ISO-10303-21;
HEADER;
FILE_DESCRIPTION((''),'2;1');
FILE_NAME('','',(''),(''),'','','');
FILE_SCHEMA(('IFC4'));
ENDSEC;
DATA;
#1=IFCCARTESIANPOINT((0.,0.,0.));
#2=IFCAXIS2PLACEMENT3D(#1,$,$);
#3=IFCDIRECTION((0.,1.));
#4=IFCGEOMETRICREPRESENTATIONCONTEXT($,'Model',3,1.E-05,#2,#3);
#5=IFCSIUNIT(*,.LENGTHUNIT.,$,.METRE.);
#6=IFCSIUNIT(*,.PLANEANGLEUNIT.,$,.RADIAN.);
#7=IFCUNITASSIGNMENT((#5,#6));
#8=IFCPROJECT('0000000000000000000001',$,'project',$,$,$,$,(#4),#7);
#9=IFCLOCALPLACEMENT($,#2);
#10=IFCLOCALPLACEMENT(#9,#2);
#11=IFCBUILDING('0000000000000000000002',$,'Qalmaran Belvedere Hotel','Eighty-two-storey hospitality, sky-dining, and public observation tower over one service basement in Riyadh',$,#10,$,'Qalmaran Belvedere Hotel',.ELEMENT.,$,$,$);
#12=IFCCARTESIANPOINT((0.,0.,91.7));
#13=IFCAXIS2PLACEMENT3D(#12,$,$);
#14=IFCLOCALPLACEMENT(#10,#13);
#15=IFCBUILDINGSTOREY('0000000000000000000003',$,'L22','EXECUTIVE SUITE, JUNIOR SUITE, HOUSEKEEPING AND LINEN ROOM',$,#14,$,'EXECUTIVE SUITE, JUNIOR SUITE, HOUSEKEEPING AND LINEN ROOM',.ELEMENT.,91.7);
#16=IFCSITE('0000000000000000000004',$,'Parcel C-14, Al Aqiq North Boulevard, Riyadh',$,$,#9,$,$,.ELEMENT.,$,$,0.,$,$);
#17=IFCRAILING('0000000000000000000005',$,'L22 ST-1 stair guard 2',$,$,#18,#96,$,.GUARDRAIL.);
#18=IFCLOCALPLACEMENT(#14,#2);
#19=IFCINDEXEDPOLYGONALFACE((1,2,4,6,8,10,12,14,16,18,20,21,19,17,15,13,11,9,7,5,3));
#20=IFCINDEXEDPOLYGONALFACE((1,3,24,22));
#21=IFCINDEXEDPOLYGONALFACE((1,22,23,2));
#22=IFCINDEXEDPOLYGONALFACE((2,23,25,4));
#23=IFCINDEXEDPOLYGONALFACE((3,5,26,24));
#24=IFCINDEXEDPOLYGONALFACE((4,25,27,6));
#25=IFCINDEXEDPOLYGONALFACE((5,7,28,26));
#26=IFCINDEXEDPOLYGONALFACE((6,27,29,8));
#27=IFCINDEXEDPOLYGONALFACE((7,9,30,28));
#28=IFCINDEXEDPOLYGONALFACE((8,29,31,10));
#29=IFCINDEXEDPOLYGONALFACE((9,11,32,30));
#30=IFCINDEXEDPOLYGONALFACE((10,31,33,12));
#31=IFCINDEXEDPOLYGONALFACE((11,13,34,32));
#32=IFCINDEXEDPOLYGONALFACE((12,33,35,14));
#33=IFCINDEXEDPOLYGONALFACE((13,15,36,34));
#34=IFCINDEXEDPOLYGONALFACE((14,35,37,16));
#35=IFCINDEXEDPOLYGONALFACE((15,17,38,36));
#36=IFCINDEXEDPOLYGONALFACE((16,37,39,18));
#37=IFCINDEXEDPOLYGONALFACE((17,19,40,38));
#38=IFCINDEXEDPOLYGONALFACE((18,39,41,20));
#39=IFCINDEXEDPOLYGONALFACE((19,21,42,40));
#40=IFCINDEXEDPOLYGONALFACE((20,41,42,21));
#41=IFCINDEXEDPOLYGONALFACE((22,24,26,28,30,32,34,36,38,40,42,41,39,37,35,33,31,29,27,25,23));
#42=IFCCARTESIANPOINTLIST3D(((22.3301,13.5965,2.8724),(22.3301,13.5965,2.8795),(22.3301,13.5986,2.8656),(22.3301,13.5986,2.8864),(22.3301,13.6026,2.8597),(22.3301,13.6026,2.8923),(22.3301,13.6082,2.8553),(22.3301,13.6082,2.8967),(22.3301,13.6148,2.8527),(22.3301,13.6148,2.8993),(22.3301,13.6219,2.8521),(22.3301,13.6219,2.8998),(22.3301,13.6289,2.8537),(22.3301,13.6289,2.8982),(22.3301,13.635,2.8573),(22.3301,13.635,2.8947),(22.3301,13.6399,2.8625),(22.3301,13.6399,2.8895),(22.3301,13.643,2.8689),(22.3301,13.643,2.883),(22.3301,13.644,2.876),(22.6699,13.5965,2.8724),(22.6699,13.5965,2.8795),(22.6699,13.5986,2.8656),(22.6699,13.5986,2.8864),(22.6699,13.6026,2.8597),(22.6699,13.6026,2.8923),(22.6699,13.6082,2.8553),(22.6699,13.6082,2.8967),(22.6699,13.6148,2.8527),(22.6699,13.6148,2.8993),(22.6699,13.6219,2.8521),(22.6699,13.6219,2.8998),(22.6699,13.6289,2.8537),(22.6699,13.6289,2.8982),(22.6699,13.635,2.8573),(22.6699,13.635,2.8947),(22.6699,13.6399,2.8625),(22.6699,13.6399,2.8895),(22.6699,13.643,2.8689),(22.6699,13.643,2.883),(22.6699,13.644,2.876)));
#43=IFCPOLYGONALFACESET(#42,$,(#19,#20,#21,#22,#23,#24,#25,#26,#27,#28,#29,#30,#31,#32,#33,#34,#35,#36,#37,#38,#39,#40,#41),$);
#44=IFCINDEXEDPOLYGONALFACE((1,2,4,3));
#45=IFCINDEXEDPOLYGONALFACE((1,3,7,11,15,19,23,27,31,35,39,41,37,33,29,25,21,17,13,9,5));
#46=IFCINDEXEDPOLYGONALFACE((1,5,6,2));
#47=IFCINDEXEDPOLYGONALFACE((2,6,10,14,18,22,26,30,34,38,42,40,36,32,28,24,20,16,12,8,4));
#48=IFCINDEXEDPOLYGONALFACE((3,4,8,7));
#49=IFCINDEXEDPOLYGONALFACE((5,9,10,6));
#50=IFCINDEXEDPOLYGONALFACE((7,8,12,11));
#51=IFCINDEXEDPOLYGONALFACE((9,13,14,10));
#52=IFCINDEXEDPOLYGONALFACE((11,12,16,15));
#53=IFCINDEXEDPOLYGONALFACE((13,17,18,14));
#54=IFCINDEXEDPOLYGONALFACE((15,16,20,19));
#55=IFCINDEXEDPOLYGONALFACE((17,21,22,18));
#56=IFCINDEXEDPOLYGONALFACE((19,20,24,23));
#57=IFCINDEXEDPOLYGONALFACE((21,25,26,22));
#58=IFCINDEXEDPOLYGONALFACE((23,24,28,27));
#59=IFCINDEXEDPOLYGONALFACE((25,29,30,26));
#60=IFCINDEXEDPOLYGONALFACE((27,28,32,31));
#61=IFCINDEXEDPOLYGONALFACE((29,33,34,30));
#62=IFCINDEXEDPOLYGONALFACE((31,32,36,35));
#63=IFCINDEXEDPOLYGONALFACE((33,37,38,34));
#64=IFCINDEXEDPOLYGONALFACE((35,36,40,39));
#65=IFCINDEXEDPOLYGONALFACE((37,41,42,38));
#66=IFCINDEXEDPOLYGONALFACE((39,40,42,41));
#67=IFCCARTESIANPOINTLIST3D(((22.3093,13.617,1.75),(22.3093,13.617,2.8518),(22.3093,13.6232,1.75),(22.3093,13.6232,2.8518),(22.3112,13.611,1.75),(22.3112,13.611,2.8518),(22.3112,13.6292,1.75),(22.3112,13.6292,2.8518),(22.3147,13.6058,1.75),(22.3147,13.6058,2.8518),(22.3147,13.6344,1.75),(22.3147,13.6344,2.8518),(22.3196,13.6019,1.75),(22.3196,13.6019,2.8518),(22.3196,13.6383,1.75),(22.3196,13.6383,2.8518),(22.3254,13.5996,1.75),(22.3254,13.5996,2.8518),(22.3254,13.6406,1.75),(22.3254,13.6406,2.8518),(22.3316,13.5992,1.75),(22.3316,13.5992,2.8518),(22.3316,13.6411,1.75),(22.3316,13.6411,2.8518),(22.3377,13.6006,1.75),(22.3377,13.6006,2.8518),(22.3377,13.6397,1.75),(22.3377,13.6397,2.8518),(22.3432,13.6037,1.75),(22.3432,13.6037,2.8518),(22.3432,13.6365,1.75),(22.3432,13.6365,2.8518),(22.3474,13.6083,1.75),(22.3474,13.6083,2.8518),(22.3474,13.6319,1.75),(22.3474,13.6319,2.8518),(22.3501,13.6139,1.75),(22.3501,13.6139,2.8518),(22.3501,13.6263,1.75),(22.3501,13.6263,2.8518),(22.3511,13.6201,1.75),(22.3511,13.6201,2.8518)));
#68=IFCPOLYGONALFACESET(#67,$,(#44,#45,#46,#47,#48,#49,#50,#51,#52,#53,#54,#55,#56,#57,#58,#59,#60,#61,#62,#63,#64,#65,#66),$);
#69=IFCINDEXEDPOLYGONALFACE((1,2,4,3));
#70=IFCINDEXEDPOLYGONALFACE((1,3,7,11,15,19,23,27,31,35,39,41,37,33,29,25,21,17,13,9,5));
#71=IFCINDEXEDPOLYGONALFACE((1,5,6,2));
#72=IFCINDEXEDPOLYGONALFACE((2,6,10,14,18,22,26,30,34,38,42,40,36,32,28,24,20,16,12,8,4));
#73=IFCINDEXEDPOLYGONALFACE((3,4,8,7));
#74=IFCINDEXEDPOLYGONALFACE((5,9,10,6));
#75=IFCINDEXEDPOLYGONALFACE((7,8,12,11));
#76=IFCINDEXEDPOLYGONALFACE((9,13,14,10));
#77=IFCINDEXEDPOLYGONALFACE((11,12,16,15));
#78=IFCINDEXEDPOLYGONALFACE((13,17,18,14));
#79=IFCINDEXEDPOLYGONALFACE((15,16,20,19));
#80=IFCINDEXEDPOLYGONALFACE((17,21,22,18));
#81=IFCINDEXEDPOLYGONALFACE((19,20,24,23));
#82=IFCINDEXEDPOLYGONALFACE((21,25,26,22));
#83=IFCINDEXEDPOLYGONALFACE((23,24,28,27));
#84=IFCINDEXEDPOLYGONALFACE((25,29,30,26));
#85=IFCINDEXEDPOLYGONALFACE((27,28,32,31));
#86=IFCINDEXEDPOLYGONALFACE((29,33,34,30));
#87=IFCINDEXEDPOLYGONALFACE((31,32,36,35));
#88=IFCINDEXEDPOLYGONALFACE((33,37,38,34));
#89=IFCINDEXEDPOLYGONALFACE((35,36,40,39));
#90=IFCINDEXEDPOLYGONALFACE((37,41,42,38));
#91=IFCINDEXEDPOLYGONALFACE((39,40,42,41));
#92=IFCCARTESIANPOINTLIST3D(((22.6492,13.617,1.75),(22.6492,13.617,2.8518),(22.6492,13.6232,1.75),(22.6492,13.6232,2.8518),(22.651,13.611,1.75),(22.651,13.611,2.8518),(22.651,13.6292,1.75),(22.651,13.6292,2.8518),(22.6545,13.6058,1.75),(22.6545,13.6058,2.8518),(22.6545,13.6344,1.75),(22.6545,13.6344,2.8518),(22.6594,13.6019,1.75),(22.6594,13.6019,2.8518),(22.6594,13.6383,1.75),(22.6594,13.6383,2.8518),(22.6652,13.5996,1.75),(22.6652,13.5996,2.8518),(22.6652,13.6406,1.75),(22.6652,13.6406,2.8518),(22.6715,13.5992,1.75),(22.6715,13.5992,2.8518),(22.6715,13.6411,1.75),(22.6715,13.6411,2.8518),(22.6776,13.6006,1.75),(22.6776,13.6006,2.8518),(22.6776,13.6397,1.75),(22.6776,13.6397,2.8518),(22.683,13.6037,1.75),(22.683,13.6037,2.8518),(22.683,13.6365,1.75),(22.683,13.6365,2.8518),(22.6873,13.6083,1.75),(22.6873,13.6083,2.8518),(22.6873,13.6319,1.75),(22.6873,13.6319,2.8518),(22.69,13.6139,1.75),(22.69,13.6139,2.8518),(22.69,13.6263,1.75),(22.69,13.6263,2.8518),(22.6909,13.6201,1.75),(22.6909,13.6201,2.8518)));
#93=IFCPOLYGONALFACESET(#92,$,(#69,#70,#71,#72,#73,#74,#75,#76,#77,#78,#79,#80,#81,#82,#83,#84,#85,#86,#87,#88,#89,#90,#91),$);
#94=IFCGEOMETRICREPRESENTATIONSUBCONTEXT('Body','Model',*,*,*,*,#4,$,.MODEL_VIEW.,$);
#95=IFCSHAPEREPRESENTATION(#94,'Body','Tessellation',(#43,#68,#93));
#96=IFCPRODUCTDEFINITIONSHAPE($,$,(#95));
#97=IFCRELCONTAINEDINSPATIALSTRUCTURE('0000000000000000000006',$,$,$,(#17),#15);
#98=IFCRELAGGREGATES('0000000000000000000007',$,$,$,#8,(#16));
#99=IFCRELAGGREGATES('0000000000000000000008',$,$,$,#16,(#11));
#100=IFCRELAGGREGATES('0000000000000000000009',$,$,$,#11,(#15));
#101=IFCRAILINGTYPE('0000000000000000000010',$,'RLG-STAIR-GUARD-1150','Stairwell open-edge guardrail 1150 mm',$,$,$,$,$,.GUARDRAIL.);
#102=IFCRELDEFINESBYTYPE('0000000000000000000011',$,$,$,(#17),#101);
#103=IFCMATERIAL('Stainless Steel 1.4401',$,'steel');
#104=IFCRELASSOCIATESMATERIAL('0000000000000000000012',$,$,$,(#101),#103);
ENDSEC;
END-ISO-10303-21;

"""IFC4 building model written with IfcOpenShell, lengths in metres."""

from ifc_helpers import new_model, si_unit, direction, frame, origin, origin_2d, place, context, subcontext, project, spatial, circle, extrude, material, type_object, element, save


model = new_model("IFC4")

# Units and contexts
model_context = context("Model", 3, precision=1e-05, world=origin(), true_north=direction((0.0, 1.0)))
body_context = subcontext(model_context, "Body", "Model", "MODEL_VIEW")
ifc_project = project(units=[si_unit("LENGTHUNIT", "METRE"), si_unit("PLANEANGLEUNIT", "RADIAN")], contexts=[model_context])

# Site, building, storey
site_placement = place(None, origin())
site = spatial("IfcSite", under=ifc_project, at=site_placement, Name="Parcel C-14, Al Aqiq North Boulevard, Riyadh", CompositionType="ELEMENT", RefElevation=0.0)
building_placement = place(site_placement, origin())
building = spatial("IfcBuilding", under=site, at=building_placement, Name="Qalmaran Belvedere Hotel", Description="Eighty-two-storey hospitality, sky-dining, and public observation tower over one service basement in Riyadh", LongName="Qalmaran Belvedere Hotel", CompositionType="ELEMENT")
storey_placement = place(building_placement, frame((0.0, 0.0, 91.7)))
storey = spatial("IfcBuildingStorey", under=building, at=storey_placement, Name="L22", Description="EXECUTIVE SUITE, JUNIOR SUITE, HOUSEKEEPING AND LINEN ROOM", LongName="EXECUTIVE SUITE, JUNIOR SUITE, HOUSEKEEPING AND LINEN ROOM", CompositionType="ELEMENT", Elevation=91.7)

# Shared definitions
ifc_material_1 = material(Name="Stainless Steel 1.4401", Category="steel")

# Railing
railing_type_1 = type_object("IfcRailingType", Name="RLG-STAIR-GUARD-1150", Description="Stairwell open-edge guardrail 1150 mm", PredefinedType="GUARDRAIL", material=ifc_material_1)
railing_1_placement = place(storey_placement, frame((22.3301, 13.6201, 1.75)))
element("IfcRailing", 1, at=railing_1_placement, inside=storey, type_object=railing_type_1, Name="L22 ST-1 stair guard 2", PredefinedType="GUARDRAIL", context=body_context, shape_type="SweptSolid", body=[
    extrude(circle(Radius=0.0239, at=origin_2d()), frame((0.0, 0.0, 1.126), z_axis=(1.0, 0.0, 0.0), x_axis=(0.0, 1.0, 0.0)), (0.0, 0.0, 1.0), 0.3398),
    extrude(circle(Radius=0.021, at=origin_2d()), origin(), (0.0, 0.0, 1.0), 1.1018),
    extrude(circle(Radius=0.021, at=origin_2d()), frame((0.3398, 0.0, 0.0)), (0.0, 0.0, 1.0), 1.1018),
])

save(model, "model.ifc")
